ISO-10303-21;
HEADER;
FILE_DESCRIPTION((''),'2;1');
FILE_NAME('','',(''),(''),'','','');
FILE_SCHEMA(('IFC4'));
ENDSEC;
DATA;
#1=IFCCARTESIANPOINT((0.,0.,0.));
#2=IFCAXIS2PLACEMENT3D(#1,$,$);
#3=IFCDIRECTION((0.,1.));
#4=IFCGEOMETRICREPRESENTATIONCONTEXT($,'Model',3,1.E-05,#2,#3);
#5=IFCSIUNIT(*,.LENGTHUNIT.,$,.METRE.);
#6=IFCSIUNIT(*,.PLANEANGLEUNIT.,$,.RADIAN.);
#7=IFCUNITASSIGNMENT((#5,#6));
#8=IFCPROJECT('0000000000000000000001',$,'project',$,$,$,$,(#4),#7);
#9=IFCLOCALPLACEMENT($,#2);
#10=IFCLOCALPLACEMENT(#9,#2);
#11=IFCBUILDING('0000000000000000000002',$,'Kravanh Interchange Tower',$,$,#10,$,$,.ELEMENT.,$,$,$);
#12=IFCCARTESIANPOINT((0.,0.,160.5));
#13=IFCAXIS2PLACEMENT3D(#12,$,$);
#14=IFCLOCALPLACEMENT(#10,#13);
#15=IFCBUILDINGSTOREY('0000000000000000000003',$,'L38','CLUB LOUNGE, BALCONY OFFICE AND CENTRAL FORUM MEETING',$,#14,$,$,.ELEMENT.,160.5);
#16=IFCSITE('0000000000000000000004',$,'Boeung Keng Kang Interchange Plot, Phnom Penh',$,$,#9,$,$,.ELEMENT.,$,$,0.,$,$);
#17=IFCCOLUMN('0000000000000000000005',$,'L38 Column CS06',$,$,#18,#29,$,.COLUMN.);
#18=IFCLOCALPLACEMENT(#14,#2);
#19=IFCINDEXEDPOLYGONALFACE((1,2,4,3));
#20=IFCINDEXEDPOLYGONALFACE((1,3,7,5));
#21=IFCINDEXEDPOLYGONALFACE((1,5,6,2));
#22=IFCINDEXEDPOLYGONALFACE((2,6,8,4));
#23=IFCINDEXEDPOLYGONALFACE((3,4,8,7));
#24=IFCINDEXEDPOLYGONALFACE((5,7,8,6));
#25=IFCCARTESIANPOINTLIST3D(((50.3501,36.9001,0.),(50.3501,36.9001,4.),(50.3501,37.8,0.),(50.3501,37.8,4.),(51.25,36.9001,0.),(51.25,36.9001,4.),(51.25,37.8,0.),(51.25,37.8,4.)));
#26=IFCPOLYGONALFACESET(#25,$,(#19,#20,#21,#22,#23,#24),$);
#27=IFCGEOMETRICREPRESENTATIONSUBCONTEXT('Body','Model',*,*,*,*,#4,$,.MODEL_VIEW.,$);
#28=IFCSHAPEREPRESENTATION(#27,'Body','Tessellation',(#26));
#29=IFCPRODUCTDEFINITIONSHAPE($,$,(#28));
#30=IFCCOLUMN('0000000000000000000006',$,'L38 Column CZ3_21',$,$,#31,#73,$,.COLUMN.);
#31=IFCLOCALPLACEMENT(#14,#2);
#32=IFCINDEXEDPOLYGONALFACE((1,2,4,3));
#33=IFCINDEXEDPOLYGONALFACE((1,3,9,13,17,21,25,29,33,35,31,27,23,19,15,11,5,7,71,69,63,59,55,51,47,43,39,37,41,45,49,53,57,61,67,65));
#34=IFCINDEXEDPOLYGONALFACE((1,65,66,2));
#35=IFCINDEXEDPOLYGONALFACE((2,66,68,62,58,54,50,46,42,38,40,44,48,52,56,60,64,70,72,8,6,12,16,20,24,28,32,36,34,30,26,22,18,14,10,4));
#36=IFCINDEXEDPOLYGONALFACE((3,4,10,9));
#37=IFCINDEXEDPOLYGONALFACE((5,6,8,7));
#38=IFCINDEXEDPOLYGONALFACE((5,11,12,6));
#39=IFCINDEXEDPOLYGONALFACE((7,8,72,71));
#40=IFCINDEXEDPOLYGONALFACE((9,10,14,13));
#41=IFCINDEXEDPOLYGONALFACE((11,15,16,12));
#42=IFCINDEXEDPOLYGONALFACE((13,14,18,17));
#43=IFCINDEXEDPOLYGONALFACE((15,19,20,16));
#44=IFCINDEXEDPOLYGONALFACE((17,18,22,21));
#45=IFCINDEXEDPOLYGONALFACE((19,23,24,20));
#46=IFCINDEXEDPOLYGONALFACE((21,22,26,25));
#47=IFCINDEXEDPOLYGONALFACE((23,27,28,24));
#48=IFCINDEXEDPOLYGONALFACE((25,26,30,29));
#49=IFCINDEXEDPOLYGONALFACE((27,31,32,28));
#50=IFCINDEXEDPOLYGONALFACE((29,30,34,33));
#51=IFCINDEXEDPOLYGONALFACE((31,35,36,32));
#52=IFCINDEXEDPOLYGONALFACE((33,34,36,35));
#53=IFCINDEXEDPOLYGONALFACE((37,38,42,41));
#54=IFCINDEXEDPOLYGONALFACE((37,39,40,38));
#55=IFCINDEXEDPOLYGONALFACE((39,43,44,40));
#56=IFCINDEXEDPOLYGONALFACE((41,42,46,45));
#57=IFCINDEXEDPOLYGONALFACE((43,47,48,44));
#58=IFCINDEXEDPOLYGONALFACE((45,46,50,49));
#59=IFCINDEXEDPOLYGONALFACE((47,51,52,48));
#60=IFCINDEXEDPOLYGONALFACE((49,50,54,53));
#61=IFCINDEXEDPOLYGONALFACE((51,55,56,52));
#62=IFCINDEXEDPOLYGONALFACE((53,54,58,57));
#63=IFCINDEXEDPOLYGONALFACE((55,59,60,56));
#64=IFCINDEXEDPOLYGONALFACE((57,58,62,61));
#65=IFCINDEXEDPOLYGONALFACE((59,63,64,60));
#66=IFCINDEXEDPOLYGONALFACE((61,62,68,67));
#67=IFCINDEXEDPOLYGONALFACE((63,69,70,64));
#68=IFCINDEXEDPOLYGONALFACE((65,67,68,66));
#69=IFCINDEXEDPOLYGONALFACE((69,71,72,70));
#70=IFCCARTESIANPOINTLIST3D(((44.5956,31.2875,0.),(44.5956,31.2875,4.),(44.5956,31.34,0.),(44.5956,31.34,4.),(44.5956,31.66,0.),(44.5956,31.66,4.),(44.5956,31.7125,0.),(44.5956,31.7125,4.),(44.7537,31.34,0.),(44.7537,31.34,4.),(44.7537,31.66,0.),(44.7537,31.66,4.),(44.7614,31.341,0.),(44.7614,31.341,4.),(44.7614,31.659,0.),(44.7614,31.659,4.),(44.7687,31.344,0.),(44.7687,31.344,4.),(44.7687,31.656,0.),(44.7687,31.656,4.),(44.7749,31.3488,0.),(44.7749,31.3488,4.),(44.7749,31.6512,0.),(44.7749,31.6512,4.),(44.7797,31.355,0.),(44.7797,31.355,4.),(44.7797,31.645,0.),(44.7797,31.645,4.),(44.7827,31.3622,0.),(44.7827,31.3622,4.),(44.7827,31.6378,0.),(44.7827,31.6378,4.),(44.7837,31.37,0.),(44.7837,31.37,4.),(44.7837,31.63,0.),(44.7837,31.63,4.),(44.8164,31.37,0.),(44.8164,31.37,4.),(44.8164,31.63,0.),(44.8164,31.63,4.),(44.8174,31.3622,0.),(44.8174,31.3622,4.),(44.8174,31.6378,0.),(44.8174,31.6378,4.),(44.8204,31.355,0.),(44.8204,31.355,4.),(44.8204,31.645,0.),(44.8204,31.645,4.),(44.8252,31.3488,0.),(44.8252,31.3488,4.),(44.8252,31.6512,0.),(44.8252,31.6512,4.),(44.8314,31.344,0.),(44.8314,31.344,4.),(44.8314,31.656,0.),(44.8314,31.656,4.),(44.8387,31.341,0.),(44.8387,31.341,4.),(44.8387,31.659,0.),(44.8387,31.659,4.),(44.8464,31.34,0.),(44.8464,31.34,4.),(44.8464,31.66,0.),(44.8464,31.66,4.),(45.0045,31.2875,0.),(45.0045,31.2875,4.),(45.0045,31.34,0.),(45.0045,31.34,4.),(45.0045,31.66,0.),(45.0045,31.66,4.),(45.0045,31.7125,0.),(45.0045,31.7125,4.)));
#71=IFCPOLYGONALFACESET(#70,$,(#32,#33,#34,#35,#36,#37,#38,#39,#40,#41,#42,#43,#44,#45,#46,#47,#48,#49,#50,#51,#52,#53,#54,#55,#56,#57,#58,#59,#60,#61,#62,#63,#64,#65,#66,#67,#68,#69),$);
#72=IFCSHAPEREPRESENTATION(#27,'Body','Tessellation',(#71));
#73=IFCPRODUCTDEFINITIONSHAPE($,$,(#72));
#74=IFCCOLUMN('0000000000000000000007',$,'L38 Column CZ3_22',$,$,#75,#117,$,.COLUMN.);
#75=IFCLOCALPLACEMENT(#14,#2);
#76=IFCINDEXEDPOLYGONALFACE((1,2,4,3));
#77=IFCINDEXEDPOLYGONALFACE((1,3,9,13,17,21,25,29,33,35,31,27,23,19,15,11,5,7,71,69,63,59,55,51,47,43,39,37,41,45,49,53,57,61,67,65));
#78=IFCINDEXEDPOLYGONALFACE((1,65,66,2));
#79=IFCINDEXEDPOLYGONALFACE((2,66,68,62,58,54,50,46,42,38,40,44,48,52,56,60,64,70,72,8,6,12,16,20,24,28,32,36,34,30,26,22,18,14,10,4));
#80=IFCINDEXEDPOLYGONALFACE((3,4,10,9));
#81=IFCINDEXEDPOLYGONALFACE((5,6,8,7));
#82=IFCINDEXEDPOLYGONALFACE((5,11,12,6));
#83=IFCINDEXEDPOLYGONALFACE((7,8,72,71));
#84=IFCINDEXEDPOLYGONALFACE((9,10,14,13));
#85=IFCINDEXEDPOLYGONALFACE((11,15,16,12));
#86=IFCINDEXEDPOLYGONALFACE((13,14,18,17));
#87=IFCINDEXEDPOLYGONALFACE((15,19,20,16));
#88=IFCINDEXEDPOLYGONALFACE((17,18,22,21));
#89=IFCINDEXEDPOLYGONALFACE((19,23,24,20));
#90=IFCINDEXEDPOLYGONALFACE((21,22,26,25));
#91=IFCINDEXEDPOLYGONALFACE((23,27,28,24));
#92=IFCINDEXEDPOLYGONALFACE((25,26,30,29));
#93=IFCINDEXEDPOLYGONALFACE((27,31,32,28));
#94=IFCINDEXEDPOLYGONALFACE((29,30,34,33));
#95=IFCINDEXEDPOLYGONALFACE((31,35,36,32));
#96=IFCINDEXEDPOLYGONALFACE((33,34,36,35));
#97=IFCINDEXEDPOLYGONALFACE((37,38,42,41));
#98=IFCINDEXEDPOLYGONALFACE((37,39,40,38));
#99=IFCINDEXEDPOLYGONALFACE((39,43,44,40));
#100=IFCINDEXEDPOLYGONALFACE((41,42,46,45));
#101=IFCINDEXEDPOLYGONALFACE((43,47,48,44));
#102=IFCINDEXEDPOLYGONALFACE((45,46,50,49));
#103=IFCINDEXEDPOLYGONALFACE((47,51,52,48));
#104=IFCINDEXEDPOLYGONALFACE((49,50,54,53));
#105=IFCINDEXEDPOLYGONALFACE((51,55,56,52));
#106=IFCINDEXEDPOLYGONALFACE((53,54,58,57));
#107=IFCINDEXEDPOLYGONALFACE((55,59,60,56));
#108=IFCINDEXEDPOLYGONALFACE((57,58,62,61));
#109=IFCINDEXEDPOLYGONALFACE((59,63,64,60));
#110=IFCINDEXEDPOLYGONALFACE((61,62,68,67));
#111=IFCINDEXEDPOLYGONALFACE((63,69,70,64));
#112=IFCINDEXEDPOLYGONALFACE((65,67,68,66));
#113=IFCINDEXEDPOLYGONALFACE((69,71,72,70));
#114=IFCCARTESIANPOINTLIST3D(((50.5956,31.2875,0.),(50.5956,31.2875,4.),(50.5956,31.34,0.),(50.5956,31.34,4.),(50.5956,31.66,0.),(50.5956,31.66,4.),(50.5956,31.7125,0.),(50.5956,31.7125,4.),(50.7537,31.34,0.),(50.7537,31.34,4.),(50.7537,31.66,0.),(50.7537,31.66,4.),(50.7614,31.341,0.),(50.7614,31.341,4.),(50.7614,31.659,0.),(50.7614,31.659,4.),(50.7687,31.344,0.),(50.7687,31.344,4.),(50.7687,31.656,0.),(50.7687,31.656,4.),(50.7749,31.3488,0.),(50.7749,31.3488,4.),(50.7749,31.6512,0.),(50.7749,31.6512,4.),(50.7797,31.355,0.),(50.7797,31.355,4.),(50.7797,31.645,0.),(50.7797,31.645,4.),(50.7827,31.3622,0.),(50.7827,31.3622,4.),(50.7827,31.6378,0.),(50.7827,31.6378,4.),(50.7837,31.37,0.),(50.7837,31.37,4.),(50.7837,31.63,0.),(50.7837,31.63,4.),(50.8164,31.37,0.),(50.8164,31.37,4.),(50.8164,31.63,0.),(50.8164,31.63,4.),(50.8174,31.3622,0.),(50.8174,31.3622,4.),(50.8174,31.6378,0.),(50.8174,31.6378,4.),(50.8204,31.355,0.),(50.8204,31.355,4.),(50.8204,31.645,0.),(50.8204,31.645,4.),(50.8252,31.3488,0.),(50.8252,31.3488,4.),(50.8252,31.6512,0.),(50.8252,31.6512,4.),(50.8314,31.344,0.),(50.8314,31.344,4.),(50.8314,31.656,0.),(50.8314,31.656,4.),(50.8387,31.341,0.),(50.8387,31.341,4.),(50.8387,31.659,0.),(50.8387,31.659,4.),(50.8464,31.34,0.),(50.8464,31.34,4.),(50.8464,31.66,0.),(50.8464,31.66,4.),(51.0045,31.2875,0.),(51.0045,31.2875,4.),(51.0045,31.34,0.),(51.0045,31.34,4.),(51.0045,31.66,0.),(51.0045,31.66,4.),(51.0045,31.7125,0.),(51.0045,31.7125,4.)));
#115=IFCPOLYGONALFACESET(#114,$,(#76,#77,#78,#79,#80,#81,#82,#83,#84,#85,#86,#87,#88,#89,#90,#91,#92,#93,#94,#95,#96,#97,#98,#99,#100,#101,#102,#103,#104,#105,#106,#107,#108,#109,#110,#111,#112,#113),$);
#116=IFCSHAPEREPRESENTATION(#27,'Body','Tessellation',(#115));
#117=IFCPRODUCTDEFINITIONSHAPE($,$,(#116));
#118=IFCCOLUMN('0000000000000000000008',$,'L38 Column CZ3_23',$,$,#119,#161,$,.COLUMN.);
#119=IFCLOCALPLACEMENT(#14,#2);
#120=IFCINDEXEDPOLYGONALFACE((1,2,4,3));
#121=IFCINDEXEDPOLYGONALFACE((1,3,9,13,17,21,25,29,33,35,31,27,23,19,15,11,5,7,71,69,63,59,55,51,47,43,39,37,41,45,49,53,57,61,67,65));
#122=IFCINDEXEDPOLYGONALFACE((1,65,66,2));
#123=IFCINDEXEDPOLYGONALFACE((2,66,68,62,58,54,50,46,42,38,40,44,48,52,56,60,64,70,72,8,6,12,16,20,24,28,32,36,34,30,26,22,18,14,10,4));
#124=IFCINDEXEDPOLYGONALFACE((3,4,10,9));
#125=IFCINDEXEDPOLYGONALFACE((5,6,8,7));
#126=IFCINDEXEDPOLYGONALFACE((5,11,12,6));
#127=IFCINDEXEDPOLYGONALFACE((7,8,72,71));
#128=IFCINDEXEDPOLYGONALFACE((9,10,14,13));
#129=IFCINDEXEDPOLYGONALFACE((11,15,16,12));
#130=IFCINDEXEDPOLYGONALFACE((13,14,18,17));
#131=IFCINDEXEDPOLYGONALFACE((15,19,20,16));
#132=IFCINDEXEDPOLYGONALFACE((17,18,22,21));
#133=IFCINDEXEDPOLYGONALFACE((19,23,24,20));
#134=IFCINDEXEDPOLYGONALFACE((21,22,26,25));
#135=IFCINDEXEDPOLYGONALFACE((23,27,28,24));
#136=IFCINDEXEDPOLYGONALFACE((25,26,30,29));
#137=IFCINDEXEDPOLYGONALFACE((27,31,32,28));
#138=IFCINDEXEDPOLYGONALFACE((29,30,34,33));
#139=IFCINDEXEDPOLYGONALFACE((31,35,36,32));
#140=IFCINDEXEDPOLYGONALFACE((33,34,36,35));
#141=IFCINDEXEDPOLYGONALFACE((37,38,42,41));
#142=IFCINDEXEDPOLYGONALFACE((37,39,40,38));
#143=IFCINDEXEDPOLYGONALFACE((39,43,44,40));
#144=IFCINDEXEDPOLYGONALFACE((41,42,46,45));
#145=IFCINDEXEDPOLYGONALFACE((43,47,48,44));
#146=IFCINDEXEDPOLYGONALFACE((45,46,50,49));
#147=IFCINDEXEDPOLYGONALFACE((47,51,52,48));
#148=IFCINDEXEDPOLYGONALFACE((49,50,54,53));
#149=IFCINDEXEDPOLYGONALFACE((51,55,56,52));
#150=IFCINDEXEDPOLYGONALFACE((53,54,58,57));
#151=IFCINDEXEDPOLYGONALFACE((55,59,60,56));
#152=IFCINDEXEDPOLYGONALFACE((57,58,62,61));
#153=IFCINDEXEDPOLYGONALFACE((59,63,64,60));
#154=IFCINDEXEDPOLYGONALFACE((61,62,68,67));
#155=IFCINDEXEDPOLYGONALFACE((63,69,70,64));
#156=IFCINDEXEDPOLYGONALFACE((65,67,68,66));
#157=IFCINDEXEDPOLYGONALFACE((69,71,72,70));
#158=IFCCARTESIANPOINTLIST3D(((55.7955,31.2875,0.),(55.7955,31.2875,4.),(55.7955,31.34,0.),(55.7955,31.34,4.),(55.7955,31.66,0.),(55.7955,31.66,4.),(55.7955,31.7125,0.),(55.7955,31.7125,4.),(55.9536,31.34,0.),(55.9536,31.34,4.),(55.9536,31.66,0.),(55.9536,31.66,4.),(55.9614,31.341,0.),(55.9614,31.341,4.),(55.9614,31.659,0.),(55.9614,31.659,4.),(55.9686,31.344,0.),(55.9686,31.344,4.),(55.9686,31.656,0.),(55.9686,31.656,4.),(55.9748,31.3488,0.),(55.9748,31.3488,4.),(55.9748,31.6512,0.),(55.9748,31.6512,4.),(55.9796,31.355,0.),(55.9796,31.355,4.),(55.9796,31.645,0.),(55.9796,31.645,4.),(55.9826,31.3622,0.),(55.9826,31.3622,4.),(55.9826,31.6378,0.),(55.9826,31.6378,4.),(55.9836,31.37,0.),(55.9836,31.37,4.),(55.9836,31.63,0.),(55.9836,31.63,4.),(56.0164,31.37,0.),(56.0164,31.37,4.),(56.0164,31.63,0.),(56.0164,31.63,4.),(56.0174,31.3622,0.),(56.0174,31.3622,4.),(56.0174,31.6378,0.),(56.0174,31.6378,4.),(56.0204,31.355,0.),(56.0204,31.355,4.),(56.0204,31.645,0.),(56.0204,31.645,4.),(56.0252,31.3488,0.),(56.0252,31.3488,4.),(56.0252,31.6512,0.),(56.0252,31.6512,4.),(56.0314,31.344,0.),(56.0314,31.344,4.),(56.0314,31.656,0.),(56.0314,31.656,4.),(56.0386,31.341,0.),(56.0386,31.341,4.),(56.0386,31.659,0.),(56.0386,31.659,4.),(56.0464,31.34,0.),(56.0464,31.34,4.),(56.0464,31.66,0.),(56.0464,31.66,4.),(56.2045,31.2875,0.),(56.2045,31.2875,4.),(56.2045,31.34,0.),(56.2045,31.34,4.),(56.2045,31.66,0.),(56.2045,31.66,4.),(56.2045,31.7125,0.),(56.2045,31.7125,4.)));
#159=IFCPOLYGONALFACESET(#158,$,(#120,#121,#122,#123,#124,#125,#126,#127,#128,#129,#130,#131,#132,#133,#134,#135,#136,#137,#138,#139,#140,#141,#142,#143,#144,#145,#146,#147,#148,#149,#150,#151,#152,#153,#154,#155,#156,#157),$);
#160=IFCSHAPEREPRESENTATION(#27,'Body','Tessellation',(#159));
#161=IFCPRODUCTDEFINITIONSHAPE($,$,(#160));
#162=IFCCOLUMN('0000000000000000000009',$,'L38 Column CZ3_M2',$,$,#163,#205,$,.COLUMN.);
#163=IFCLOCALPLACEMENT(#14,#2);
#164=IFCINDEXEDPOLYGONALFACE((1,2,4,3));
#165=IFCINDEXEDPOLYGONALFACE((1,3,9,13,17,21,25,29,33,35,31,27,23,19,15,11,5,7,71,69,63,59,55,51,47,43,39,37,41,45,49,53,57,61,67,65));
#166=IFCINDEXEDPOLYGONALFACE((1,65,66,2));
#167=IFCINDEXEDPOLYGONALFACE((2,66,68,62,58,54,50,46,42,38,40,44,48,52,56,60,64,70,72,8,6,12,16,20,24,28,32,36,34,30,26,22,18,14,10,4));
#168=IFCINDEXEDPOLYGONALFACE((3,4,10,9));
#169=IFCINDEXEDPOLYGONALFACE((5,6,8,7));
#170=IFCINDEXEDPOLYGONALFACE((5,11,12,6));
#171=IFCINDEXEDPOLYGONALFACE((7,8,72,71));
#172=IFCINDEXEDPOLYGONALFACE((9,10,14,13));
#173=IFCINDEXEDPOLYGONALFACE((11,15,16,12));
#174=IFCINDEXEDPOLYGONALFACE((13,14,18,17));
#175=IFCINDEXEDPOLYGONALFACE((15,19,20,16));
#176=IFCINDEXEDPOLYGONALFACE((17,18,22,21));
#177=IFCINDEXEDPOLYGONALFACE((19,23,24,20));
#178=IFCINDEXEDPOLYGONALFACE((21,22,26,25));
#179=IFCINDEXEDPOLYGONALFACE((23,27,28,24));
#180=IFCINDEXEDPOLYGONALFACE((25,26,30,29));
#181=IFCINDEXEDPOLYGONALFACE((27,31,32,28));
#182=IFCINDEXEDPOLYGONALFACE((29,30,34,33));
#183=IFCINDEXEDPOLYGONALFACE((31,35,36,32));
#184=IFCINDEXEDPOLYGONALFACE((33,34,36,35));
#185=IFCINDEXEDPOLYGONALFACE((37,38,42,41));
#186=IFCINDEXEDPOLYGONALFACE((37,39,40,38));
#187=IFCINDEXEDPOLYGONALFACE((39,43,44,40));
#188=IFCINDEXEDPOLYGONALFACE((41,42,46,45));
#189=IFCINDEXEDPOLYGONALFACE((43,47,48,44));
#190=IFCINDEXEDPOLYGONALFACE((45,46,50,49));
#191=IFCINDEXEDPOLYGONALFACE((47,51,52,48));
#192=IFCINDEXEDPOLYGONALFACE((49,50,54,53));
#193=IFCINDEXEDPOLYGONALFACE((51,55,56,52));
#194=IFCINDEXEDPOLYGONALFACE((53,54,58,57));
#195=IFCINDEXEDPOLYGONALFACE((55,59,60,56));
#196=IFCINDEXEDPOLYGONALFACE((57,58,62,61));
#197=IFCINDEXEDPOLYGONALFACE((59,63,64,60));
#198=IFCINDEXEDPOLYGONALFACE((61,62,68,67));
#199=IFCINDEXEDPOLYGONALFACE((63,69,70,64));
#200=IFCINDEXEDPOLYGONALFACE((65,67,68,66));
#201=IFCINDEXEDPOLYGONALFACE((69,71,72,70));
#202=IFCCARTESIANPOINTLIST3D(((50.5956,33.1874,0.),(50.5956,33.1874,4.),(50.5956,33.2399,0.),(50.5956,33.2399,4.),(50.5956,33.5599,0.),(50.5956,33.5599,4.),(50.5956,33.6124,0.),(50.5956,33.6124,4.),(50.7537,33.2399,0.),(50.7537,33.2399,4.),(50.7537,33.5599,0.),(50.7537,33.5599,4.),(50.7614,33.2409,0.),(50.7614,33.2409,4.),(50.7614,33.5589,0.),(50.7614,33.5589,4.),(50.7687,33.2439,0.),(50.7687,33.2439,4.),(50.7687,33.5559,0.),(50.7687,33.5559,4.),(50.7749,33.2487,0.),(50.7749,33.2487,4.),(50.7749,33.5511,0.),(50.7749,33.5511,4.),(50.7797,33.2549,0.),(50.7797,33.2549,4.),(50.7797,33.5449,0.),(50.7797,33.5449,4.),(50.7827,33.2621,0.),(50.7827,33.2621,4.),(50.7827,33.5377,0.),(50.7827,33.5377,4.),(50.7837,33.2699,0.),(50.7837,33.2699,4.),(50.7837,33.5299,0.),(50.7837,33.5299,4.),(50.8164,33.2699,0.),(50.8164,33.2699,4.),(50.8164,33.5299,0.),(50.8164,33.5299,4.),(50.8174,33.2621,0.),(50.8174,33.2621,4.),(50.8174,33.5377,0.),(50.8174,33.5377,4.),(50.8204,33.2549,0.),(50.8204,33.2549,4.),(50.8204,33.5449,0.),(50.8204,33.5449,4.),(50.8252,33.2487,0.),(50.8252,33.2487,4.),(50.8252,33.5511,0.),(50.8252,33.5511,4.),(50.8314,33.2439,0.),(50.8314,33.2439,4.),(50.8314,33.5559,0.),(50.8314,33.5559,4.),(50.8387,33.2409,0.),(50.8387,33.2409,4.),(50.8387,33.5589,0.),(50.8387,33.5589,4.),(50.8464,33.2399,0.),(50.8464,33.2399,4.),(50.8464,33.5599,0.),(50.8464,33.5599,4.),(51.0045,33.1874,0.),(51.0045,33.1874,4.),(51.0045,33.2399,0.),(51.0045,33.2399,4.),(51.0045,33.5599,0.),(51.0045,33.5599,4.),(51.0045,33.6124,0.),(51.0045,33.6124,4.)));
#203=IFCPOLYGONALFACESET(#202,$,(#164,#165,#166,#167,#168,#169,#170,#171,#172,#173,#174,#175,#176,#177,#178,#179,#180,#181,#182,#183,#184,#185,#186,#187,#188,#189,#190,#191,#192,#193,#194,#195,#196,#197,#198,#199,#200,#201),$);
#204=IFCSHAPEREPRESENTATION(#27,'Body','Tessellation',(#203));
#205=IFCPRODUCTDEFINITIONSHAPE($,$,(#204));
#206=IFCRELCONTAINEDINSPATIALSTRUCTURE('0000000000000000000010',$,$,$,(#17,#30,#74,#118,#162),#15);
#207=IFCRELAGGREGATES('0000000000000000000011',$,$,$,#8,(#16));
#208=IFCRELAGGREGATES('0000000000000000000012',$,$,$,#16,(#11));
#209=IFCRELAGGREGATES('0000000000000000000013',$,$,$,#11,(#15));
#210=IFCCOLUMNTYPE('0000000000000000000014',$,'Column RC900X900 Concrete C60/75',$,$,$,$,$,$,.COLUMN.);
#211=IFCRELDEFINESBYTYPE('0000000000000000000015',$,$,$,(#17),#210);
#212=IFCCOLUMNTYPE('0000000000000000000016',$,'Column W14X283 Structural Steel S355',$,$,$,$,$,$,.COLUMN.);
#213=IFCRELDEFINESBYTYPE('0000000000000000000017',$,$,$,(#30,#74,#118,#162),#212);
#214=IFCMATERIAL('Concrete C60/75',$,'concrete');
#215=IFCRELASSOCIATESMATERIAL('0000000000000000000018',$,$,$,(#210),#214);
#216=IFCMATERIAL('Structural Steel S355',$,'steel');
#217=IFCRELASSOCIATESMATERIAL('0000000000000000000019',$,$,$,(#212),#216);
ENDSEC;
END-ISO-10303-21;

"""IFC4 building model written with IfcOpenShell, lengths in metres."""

from ifc_helpers import new_model, si_unit, direction, frame, origin, origin_2d, place, context, subcontext, project, spatial, rectangle, i_section, extrude, material, material_profile, profile_set, type_object, element, save


model = new_model("IFC4")

# Units and contexts
model_context = context("Model", 3, precision=1e-05, world=origin(), true_north=direction((0.0, 1.0)))
body_context = subcontext(model_context, "Body", "Model", "MODEL_VIEW")
ifc_project = project(units=[si_unit("LENGTHUNIT", "METRE"), si_unit("PLANEANGLEUNIT", "RADIAN")], contexts=[model_context])

# Site, building, storey
site_placement = place(None, origin())
site = spatial("IfcSite", under=ifc_project, at=site_placement, Name="Boeung Keng Kang Interchange Plot, Phnom Penh", CompositionType="ELEMENT", RefElevation=0.0)
building_placement = place(site_placement, origin())
building = spatial("IfcBuilding", under=site, at=building_placement, Name="Kravanh Interchange Tower", CompositionType="ELEMENT")
storey_placement = place(building_placement, frame((0.0, 0.0, 160.5)))
storey = spatial("IfcBuildingStorey", under=building, at=storey_placement, Name="L38", Description="CLUB LOUNGE, BALCONY OFFICE AND CENTRAL FORUM MEETING", CompositionType="ELEMENT", Elevation=160.5)

# Columns
ifc_material_1 = material(Name="Concrete C60/75", Category="concrete")
ifc_material_profile_1 = material_profile(ifc_material_1, rectangle(XDim=0.8999, YDim=0.8999, at=origin_2d()), Name="RC900X900")
ifc_profile_set_1 = profile_set([ifc_material_profile_1], Name="Concrete C60/75")
column_type_1 = type_object("IfcColumnType", Name="Column RC900X900 Concrete C60/75", PredefinedType="COLUMN", material=ifc_profile_set_1)
column_placement = place(storey_placement, frame((50.8, 37.3501, 0.0), z_axis=(0.0, 0.0, 1.0), x_axis=(1.0, 0.0, 0.0)))
element("IfcColumn", 1, at=column_placement, inside=storey, type_object=column_type_1, Name="L38 Column CS06", PredefinedType="COLUMN", context=body_context, shape_type="SweptSolid", body=[
    extrude(rectangle(XDim=0.8999, YDim=0.8999, at=origin_2d()), origin(), (0.0, 0.0, 1.0), 4.0),
])
ifc_material_2 = material(Name="Structural Steel S355", Category="steel")
ifc_material_profile_2 = material_profile(ifc_material_2, i_section(OverallWidth=0.4089, OverallDepth=0.425, WebThickness=0.0327, FlangeThickness=0.0525, FilletRadius=0.03, at=origin_2d()), Name="W14X283")
ifc_profile_set_2 = profile_set([ifc_material_profile_2], Name="Structural Steel S355")
column_type_2 = type_object("IfcColumnType", Name="Column W14X283 Structural Steel S355", PredefinedType="COLUMN", material=ifc_profile_set_2)
for number, where, z_axis, x_axis, name in (
    (2, (44.8, 31.5, 0.0), (0.0, 0.0, 1.0), (1.0, 0.0, 0.0), "L38 Column CZ3_21"),
    (3, (50.8, 31.5, 0.0), (0.0, 0.0, 1.0), (1.0, 0.0, 0.0), "L38 Column CZ3_22"),
    (4, (56.0, 31.5, 0.0), (0.0, 0.0, 1.0), (1.0, 0.0, 0.0), "L38 Column CZ3_23"),
    (5, (50.8, 33.3999, 0.0), (0.0, 0.0, 1.0), (1.0, 0.0, 0.0), "L38 Column CZ3_M2"),
):
    element("IfcColumn", number, at=place(storey_placement, frame(where, z_axis=z_axis, x_axis=x_axis)), inside=storey, type_object=column_type_2, Name=name, PredefinedType="COLUMN", context=body_context, shape_type="SweptSolid", body=[
        extrude(i_section(OverallWidth=0.4089, OverallDepth=0.425, WebThickness=0.0327, FlangeThickness=0.0525, FilletRadius=0.03, at=origin_2d()), origin(), (0.0, 0.0, 1.0), 4.0),
    ])

save(model, "model.ifc")
